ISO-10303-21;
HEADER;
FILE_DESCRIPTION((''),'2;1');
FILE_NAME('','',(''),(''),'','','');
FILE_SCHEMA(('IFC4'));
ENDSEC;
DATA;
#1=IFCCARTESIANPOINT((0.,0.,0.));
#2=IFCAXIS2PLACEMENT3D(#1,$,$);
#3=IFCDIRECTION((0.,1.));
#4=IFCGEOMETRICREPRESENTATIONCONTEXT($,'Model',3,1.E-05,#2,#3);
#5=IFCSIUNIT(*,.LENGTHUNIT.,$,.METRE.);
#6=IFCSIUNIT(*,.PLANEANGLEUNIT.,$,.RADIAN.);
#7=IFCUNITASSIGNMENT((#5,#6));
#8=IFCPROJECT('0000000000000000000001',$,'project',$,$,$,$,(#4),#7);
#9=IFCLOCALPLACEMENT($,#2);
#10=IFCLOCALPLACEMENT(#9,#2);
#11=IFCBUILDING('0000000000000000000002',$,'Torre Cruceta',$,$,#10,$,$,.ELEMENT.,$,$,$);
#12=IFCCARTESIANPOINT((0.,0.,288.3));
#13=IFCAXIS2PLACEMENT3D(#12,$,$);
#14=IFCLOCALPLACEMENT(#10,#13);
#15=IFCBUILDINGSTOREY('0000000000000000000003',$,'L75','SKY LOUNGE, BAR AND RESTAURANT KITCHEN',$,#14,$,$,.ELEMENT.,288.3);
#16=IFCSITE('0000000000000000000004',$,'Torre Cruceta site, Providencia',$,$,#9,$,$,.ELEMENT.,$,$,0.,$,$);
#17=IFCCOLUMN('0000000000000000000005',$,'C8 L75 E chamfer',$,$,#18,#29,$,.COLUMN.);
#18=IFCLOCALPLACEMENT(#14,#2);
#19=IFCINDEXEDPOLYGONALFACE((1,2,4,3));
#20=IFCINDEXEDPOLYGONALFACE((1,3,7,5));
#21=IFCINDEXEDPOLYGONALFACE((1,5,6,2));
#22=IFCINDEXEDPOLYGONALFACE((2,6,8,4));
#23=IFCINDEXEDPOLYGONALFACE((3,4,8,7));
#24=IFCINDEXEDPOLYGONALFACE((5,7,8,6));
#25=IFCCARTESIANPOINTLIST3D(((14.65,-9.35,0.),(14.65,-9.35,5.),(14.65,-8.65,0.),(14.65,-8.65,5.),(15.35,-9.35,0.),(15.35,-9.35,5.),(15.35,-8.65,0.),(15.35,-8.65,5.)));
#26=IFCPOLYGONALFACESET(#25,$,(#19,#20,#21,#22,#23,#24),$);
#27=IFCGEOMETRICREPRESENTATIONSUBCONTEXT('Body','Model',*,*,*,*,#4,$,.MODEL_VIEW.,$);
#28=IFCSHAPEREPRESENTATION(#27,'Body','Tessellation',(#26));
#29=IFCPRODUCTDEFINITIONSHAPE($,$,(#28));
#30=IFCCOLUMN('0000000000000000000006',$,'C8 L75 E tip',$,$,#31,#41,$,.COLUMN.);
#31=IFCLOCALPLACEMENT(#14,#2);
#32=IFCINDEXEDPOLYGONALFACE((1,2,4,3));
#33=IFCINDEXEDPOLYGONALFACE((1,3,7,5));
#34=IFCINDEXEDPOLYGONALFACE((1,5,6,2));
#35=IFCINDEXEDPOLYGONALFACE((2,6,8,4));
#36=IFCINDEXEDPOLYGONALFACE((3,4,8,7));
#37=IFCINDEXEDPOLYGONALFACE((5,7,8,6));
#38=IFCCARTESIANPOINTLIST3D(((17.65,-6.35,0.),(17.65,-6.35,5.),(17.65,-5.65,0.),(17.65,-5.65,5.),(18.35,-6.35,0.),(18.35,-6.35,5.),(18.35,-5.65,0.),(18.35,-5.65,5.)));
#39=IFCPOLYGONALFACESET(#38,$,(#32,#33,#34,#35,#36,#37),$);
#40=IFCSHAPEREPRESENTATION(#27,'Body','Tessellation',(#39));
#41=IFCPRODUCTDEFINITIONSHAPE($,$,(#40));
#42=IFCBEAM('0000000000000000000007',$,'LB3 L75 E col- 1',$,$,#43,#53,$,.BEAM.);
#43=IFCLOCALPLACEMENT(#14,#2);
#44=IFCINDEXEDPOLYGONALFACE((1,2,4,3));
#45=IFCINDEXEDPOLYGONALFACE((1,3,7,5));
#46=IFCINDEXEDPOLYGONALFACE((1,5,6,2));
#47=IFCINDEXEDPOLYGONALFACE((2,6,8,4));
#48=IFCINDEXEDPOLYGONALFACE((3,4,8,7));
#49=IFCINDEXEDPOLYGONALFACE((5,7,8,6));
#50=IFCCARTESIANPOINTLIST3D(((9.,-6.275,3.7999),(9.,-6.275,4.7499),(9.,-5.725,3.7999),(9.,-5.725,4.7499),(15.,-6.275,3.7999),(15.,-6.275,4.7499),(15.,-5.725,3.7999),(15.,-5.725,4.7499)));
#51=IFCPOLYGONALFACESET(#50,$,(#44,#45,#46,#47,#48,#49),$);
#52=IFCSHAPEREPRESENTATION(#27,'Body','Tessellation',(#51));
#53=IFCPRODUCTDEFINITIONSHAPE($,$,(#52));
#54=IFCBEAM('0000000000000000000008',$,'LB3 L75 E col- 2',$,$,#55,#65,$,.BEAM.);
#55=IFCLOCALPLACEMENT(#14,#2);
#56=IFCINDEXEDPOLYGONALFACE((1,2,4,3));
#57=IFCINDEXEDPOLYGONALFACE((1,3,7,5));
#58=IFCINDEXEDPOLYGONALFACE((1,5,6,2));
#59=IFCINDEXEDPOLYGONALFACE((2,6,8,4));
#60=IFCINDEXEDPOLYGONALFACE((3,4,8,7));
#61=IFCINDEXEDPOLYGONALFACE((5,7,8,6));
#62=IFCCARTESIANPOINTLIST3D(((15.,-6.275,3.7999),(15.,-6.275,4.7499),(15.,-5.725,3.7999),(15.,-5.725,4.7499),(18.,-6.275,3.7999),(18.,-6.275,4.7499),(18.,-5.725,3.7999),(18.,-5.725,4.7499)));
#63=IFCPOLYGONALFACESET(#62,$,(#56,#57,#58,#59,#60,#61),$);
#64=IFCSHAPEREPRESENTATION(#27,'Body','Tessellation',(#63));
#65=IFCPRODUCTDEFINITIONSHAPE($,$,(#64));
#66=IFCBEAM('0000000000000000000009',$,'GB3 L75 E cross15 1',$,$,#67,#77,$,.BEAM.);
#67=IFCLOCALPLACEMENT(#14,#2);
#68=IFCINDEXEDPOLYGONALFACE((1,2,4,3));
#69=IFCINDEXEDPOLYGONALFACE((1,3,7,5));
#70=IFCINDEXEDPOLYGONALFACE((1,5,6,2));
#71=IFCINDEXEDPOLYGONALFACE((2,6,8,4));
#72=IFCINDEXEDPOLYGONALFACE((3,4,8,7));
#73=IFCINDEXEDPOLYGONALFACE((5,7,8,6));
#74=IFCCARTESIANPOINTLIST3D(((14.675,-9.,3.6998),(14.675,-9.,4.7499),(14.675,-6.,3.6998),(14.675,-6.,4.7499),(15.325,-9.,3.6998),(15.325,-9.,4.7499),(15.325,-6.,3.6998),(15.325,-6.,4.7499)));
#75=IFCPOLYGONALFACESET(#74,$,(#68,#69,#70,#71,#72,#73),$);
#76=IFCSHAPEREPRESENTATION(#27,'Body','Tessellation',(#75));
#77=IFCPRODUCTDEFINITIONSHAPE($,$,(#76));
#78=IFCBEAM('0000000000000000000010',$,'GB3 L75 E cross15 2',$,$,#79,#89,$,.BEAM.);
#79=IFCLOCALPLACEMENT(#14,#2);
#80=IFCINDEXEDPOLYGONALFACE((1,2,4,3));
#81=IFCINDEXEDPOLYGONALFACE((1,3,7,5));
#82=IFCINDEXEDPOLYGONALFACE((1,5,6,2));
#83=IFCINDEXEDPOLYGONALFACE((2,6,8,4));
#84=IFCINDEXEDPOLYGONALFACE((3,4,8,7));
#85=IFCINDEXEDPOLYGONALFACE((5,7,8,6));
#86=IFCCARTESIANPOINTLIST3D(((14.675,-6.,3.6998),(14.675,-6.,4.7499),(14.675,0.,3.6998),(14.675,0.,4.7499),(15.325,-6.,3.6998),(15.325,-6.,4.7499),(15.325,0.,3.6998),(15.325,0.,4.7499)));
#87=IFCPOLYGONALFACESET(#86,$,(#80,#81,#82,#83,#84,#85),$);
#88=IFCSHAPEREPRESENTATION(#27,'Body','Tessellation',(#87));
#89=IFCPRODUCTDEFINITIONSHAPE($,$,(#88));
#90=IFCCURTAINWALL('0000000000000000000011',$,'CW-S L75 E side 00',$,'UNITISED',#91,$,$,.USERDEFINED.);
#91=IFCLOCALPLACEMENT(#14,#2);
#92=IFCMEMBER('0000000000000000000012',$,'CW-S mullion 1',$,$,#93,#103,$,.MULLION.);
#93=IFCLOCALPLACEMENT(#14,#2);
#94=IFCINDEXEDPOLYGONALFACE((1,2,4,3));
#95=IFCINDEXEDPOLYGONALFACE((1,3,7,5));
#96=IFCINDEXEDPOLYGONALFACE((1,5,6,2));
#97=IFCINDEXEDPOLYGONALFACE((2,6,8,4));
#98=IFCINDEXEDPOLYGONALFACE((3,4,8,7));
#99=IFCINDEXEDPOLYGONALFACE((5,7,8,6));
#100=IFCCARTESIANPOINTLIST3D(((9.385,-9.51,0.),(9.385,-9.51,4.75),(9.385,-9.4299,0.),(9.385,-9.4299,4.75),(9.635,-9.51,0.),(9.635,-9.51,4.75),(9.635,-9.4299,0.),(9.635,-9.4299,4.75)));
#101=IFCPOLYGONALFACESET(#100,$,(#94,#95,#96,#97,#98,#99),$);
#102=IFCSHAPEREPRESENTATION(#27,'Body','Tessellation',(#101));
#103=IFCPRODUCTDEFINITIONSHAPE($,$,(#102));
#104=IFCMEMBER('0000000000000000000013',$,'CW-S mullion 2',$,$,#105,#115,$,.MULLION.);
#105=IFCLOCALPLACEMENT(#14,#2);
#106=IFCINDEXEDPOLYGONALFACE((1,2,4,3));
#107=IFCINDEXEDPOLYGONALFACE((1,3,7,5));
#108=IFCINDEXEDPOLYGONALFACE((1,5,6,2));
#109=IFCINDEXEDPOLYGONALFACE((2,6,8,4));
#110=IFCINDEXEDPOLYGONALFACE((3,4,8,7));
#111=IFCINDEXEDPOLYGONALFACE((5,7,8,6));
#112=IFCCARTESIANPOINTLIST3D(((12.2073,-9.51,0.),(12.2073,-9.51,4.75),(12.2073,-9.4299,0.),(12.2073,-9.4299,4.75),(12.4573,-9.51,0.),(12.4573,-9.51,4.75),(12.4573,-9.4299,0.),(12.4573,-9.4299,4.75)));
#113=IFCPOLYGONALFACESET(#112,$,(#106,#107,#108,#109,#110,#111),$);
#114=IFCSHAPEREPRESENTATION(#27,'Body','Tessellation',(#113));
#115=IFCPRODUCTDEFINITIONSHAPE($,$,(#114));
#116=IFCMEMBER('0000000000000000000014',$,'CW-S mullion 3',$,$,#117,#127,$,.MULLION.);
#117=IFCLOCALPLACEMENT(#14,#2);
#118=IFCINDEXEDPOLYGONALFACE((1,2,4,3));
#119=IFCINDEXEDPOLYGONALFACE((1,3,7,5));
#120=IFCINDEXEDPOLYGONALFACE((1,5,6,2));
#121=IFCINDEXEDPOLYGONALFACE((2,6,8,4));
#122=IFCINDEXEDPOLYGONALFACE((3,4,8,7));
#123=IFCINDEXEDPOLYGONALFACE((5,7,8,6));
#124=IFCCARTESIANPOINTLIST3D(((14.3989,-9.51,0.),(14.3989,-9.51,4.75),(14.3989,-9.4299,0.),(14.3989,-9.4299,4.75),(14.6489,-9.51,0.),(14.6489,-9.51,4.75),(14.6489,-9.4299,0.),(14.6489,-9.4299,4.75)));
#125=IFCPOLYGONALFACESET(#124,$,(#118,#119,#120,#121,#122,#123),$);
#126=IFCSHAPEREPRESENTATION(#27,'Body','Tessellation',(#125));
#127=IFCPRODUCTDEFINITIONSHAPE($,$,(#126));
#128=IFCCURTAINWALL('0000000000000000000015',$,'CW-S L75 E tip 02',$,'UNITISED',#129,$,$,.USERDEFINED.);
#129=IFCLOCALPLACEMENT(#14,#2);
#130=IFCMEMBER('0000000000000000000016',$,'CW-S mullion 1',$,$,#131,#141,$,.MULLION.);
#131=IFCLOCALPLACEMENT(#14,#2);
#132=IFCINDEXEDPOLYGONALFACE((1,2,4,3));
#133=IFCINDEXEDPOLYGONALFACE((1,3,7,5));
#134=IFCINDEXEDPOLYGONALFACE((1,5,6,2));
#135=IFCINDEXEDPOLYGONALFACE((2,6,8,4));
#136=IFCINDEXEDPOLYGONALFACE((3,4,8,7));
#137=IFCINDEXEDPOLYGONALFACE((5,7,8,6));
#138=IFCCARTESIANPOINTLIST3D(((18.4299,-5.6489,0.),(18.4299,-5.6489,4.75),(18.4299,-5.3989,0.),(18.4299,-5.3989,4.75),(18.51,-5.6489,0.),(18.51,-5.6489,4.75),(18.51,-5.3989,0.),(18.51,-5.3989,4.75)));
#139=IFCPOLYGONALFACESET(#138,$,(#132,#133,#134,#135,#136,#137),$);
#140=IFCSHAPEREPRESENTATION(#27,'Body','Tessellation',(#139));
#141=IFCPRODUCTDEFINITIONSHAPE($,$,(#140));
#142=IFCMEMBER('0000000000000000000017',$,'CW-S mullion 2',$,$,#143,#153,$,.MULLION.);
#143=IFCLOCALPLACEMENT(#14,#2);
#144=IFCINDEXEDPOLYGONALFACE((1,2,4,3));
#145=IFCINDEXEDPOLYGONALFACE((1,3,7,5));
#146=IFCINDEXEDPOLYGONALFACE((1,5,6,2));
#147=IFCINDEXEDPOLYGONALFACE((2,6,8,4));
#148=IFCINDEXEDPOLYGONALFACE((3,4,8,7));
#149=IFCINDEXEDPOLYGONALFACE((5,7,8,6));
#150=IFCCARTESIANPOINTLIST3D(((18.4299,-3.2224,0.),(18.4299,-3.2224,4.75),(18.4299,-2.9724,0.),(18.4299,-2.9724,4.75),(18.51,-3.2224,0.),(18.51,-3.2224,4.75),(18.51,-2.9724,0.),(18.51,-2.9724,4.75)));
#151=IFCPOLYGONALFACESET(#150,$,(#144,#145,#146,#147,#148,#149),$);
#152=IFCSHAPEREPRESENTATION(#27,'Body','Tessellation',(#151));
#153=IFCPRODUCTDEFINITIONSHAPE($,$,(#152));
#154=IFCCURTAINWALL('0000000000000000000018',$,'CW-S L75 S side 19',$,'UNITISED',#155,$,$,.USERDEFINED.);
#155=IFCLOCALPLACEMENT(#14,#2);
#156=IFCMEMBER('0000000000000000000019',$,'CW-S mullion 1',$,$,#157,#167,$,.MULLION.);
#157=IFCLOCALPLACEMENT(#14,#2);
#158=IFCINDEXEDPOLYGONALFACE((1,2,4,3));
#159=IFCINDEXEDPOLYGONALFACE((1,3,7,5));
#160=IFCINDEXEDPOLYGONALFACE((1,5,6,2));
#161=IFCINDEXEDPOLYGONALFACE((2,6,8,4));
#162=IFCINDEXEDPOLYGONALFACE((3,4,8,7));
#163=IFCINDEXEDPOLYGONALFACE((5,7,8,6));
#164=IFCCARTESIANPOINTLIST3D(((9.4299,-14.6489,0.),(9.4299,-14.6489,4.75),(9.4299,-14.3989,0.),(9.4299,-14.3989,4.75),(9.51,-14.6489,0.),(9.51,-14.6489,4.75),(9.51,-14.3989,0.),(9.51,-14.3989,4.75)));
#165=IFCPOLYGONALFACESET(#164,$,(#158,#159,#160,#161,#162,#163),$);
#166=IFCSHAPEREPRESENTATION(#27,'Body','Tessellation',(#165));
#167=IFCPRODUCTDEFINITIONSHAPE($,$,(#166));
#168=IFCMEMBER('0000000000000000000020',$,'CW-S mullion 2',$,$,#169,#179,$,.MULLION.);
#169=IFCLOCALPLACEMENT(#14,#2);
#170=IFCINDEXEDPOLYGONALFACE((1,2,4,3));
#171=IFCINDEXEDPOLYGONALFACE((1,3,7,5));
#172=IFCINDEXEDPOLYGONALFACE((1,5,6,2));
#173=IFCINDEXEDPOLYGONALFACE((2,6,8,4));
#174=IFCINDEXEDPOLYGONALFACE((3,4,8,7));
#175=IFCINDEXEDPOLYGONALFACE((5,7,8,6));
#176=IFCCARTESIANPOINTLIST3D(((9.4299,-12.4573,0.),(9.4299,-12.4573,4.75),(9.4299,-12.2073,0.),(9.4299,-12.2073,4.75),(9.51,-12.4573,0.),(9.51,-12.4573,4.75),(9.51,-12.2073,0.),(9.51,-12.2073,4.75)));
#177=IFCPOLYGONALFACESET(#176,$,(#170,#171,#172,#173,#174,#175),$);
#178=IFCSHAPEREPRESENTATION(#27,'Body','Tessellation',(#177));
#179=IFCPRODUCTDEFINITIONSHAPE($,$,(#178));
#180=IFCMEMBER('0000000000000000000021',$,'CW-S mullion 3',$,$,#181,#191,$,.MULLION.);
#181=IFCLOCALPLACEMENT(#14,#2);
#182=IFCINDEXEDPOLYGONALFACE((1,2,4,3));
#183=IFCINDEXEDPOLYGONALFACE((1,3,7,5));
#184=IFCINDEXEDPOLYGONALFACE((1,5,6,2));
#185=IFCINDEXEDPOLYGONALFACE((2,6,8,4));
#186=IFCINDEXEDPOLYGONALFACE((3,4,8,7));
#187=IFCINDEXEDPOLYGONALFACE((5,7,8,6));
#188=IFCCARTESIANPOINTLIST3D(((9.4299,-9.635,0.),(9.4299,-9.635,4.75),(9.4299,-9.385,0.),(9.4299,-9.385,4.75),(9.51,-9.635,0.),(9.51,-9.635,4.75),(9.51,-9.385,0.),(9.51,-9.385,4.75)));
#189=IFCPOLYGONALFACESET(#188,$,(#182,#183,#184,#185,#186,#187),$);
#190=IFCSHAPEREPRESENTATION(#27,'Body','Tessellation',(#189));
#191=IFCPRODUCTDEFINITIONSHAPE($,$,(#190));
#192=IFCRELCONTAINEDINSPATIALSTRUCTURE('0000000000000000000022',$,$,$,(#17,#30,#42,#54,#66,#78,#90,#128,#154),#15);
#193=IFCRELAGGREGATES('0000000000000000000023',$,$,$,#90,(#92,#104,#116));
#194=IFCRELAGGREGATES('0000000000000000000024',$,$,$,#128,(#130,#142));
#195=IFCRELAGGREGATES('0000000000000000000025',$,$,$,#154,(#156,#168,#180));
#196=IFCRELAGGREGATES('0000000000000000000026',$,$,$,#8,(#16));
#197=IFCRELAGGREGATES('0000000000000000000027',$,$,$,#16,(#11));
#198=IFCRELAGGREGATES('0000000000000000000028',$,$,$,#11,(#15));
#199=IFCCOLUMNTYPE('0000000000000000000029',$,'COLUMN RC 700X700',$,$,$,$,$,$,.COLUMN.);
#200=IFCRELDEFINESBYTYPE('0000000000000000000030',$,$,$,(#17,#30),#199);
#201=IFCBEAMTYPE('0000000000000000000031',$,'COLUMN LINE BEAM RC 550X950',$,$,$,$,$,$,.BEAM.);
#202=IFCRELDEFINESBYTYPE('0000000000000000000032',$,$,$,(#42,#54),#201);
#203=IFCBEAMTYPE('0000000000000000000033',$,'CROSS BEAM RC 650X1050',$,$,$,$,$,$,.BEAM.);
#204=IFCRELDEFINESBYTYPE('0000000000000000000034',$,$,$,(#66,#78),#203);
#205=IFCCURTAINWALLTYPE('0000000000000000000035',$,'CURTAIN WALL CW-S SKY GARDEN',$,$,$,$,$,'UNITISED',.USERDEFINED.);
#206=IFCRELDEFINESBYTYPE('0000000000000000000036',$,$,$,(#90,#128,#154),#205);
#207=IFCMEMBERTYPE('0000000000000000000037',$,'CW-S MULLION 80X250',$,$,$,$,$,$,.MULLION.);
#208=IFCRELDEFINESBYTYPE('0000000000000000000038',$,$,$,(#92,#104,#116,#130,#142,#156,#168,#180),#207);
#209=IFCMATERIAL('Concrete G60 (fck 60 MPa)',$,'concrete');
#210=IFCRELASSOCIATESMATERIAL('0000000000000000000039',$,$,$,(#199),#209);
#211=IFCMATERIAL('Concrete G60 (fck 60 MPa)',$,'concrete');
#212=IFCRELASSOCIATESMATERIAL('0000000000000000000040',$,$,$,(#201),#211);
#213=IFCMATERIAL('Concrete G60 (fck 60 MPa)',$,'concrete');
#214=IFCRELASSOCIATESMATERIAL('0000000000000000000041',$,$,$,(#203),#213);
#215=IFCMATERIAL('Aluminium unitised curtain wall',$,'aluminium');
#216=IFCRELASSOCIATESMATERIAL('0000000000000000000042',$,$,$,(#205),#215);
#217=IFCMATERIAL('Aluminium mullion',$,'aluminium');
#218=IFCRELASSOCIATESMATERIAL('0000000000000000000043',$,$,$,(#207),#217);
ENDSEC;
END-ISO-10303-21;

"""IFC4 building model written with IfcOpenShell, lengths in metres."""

from ifc_helpers import new_model, si_unit, direction, frame, origin, origin_2d, place, context, subcontext, project, spatial, rectangle, extrude, material, material_profile, profile_set, type_object, element, aggregate, save


model = new_model("IFC4")

# Units and contexts
model_context = context("Model", 3, precision=1e-05, world=origin(), true_north=direction((0.0, 1.0)))
body_context = subcontext(model_context, "Body", "Model", "MODEL_VIEW")
ifc_project = project(units=[si_unit("LENGTHUNIT", "METRE"), si_unit("PLANEANGLEUNIT", "RADIAN")], contexts=[model_context])

# Site, building, storey
site_placement = place(None, origin())
site = spatial("IfcSite", under=ifc_project, at=site_placement, Name="Torre Cruceta site, Providencia", CompositionType="ELEMENT", RefElevation=0.0)
building_placement = place(site_placement, origin())
building = spatial("IfcBuilding", under=site, at=building_placement, Name="Torre Cruceta", CompositionType="ELEMENT")
storey_placement = place(building_placement, frame((0.0, 0.0, 288.3)))
storey = spatial("IfcBuildingStorey", under=building, at=storey_placement, Name="L75", Description="SKY LOUNGE, BAR AND RESTAURANT KITCHEN", CompositionType="ELEMENT", Elevation=288.3)

# Columns
ifc_material_1 = material(Name="Concrete G60 (fck 60 MPa)", Category="concrete")
ifc_material_profile_1 = material_profile(ifc_material_1, rectangle(XDim=0.7, YDim=0.7, at=origin_2d()), Name="RC 700X700")
ifc_profile_set_1 = profile_set([ifc_material_profile_1], Name="Concrete G60 (fck 60 MPa)")
column_type = type_object("IfcColumnType", Name="COLUMN RC 700X700", PredefinedType="COLUMN", material=ifc_profile_set_1)
for number, where, z_axis, x_axis, name in (
    (1, (15.0, -9.0, 0.0), (0.0, 0.0, 1.0), (1.0, 0.0, 0.0), "C8 L75 E chamfer"),
    (2, (18.0, -6.0, 0.0), (0.0, 0.0, 1.0), (1.0, 0.0, 0.0), "C8 L75 E tip"),
):
    element("IfcColumn", number, at=place(storey_placement, frame(where, z_axis=z_axis, x_axis=x_axis)), inside=storey, type_object=column_type, Name=name, PredefinedType="COLUMN", context=body_context, shape_type="SweptSolid", body=[
        extrude(rectangle(XDim=0.7, YDim=0.7, at=origin_2d()), origin(), (0.0, 0.0, 1.0), 5.0),
    ])

# Beams
ifc_material_2 = material(Name="Concrete G60 (fck 60 MPa)", Category="concrete")
ifc_material_profile_2 = material_profile(ifc_material_2, rectangle(XDim=0.55, YDim=0.95, at=origin_2d()), Name="RC 550X950")
ifc_profile_set_2 = profile_set([ifc_material_profile_2], Name="Concrete G60 (fck 60 MPa)")
beam_type_1 = type_object("IfcBeamType", Name="COLUMN LINE BEAM RC 550X950", PredefinedType="BEAM", material=ifc_profile_set_2)
beam_1_placement = place(storey_placement, frame((9.0, -6.0, 4.2749), z_axis=(1.0, 0.0, 0.0), x_axis=(0.0, 1.0, 0.0)))
element("IfcBeam", 3, at=beam_1_placement, inside=storey, type_object=beam_type_1, Name="LB3 L75 E col- 1", PredefinedType="BEAM", context=body_context, shape_type="SweptSolid", body=[
    extrude(rectangle(XDim=0.55, YDim=0.95, at=origin_2d()), origin(), (0.0, 0.0, 1.0), 6.0),
])
beam_2_placement = place(storey_placement, frame((15.0, -6.0, 4.2749), z_axis=(1.0, 0.0, 0.0), x_axis=(0.0, 1.0, 0.0)))
element("IfcBeam", 4, at=beam_2_placement, inside=storey, type_object=beam_type_1, Name="LB3 L75 E col- 2", PredefinedType="BEAM", context=body_context, shape_type="SweptSolid", body=[
    extrude(rectangle(XDim=0.55, YDim=0.95, at=origin_2d()), origin(), (0.0, 0.0, 1.0), 3.0),
])
ifc_material_3 = material(Name="Concrete G60 (fck 60 MPa)", Category="concrete")
ifc_material_profile_3 = material_profile(ifc_material_3, rectangle(XDim=0.6499, YDim=1.05, at=origin_2d()), Name="RC 650X1050")
ifc_profile_set_3 = profile_set([ifc_material_profile_3], Name="Concrete G60 (fck 60 MPa)")
beam_type_2 = type_object("IfcBeamType", Name="CROSS BEAM RC 650X1050", PredefinedType="BEAM", material=ifc_profile_set_3)
beam_3_placement = place(storey_placement, frame((15.0, -9.0, 4.2249), z_axis=(0.0, 1.0, 0.0), x_axis=(-1.0, 0.0, 0.0)))
element("IfcBeam", 5, at=beam_3_placement, inside=storey, type_object=beam_type_2, Name="GB3 L75 E cross15 1", PredefinedType="BEAM", context=body_context, shape_type="SweptSolid", body=[
    extrude(rectangle(XDim=0.6499, YDim=1.05, at=origin_2d()), origin(), (0.0, 0.0, 1.0), 3.0),
])
beam_4_placement = place(storey_placement, frame((15.0, -6.0, 4.2249), z_axis=(0.0, 1.0, 0.0), x_axis=(-1.0, 0.0, 0.0)))
element("IfcBeam", 6, at=beam_4_placement, inside=storey, type_object=beam_type_2, Name="GB3 L75 E cross15 2", PredefinedType="BEAM", context=body_context, shape_type="SweptSolid", body=[
    extrude(rectangle(XDim=0.6499, YDim=1.05, at=origin_2d()), origin(), (0.0, 0.0, 1.0), 6.0),
])

# Curtain walls, members
ifc_material_4 = material(Name="Aluminium unitised curtain wall", Category="aluminium")
curtain_wall_type = type_object("IfcCurtainWallType", Name="CURTAIN WALL CW-S SKY GARDEN", ElementType="UNITISED", PredefinedType="USERDEFINED", material=ifc_material_4)
curtain_wall_1_placement = place(storey_placement, origin())
curtain_wall_1 = element("IfcCurtainWall", 7, at=curtain_wall_1_placement, inside=storey, type_object=curtain_wall_type, Name="CW-S L75 E side 00", ObjectType="UNITISED", PredefinedType="USERDEFINED")
ifc_material_5 = material(Name="Aluminium mullion", Category="aluminium")
ifc_material_profile_4 = material_profile(ifc_material_5, rectangle(XDim=0.0801, YDim=0.25, at=origin_2d()), Name="AL 80X250")
ifc_profile_set_4 = profile_set([ifc_material_profile_4], Name="Aluminium mullion")
member_type_1 = type_object("IfcMemberType", Name="CW-S MULLION 80X250", PredefinedType="MULLION", material=ifc_profile_set_4)
member_1_placement = place(storey_placement, frame((9.51, -9.47, 0.0), z_axis=(0.0, 0.0, 1.0), x_axis=(0.0, 1.0, 0.0)))
member_1 = element("IfcMember", 8, at=member_1_placement, type_object=member_type_1, Name="CW-S mullion 1", PredefinedType="MULLION", context=body_context, shape_type="SweptSolid", body=[
    extrude(rectangle(XDim=0.0801, YDim=0.25, at=origin_2d()), origin(), (0.0, 0.0, 1.0), 4.75),
])
member_2_placement = place(storey_placement, frame((12.3323, -9.47, 0.0), z_axis=(0.0, 0.0, 1.0), x_axis=(0.0, 1.0, 0.0)))
member_2 = element("IfcMember", 9, at=member_2_placement, type_object=member_type_1, Name="CW-S mullion 2", PredefinedType="MULLION", context=body_context, shape_type="SweptSolid", body=[
    extrude(rectangle(XDim=0.0801, YDim=0.25, at=origin_2d()), origin(), (0.0, 0.0, 1.0), 4.75),
])
member_3_placement = place(storey_placement, frame((14.5239, -9.47, 0.0), z_axis=(0.0, 0.0, 1.0), x_axis=(0.0, 1.0, 0.0)))
member_3 = element("IfcMember", 10, at=member_3_placement, type_object=member_type_1, Name="CW-S mullion 3", PredefinedType="MULLION", context=body_context, shape_type="SweptSolid", body=[
    extrude(rectangle(XDim=0.0801, YDim=0.25, at=origin_2d()), origin(), (0.0, 0.0, 1.0), 4.75),
])
curtain_wall_2_placement = place(storey_placement, origin())
curtain_wall_2 = element("IfcCurtainWall", 11, at=curtain_wall_2_placement, inside=storey, type_object=curtain_wall_type, Name="CW-S L75 E tip 02", ObjectType="UNITISED", PredefinedType="USERDEFINED")
member_4_placement = place(storey_placement, frame((18.47, -5.5239, 0.0), z_axis=(0.0, 0.0, 1.0), x_axis=(-1.0, 0.0, 0.0)))
member_4 = element("IfcMember", 12, at=member_4_placement, type_object=member_type_1, Name="CW-S mullion 1", PredefinedType="MULLION", context=body_context, shape_type="SweptSolid", body=[
    extrude(rectangle(XDim=0.0801, YDim=0.25, at=origin_2d()), origin(), (0.0, 0.0, 1.0), 4.75),
])
member_5_placement = place(storey_placement, frame((18.47, -3.0974, 0.0), z_axis=(0.0, 0.0, 1.0), x_axis=(-1.0, 0.0, 0.0)))
member_5 = element("IfcMember", 13, at=member_5_placement, type_object=member_type_1, Name="CW-S mullion 2", PredefinedType="MULLION", context=body_context, shape_type="SweptSolid", body=[
    extrude(rectangle(XDim=0.0801, YDim=0.25, at=origin_2d()), origin(), (0.0, 0.0, 1.0), 4.75),
])
curtain_wall_3_placement = place(storey_placement, origin())
curtain_wall_3 = element("IfcCurtainWall", 14, at=curtain_wall_3_placement, inside=storey, type_object=curtain_wall_type, Name="CW-S L75 S side 19", ObjectType="UNITISED", PredefinedType="USERDEFINED")
member_6_placement = place(storey_placement, frame((9.47, -14.5239, 0.0), z_axis=(0.0, 0.0, 1.0), x_axis=(-1.0, 0.0, 0.0)))
member_6 = element("IfcMember", 15, at=member_6_placement, type_object=member_type_1, Name="CW-S mullion 1", PredefinedType="MULLION", context=body_context, shape_type="SweptSolid", body=[
    extrude(rectangle(XDim=0.0801, YDim=0.25, at=origin_2d()), origin(), (0.0, 0.0, 1.0), 4.75),
])
member_7_placement = place(storey_placement, frame((9.47, -12.3323, 0.0), z_axis=(0.0, 0.0, 1.0), x_axis=(-1.0, 0.0, 0.0)))
member_7 = element("IfcMember", 16, at=member_7_placement, type_object=member_type_1, Name="CW-S mullion 2", PredefinedType="MULLION", context=body_context, shape_type="SweptSolid", body=[
    extrude(rectangle(XDim=0.0801, YDim=0.25, at=origin_2d()), origin(), (0.0, 0.0, 1.0), 4.75),
])
member_8_placement = place(storey_placement, frame((9.47, -9.51, 0.0), z_axis=(0.0, 0.0, 1.0), x_axis=(-1.0, 0.0, 0.0)))
member_8 = element("IfcMember", 17, at=member_8_placement, type_object=member_type_1, Name="CW-S mullion 3", PredefinedType="MULLION", context=body_context, shape_type="SweptSolid", body=[
    extrude(rectangle(XDim=0.0801, YDim=0.25, at=origin_2d()), origin(), (0.0, 0.0, 1.0), 4.75),
])

aggregate(curtain_wall_1, [member_1, member_2, member_3])
aggregate(curtain_wall_2, [member_4, member_5])
aggregate(curtain_wall_3, [member_6, member_7, member_8])

save(model, "model.ifc")
